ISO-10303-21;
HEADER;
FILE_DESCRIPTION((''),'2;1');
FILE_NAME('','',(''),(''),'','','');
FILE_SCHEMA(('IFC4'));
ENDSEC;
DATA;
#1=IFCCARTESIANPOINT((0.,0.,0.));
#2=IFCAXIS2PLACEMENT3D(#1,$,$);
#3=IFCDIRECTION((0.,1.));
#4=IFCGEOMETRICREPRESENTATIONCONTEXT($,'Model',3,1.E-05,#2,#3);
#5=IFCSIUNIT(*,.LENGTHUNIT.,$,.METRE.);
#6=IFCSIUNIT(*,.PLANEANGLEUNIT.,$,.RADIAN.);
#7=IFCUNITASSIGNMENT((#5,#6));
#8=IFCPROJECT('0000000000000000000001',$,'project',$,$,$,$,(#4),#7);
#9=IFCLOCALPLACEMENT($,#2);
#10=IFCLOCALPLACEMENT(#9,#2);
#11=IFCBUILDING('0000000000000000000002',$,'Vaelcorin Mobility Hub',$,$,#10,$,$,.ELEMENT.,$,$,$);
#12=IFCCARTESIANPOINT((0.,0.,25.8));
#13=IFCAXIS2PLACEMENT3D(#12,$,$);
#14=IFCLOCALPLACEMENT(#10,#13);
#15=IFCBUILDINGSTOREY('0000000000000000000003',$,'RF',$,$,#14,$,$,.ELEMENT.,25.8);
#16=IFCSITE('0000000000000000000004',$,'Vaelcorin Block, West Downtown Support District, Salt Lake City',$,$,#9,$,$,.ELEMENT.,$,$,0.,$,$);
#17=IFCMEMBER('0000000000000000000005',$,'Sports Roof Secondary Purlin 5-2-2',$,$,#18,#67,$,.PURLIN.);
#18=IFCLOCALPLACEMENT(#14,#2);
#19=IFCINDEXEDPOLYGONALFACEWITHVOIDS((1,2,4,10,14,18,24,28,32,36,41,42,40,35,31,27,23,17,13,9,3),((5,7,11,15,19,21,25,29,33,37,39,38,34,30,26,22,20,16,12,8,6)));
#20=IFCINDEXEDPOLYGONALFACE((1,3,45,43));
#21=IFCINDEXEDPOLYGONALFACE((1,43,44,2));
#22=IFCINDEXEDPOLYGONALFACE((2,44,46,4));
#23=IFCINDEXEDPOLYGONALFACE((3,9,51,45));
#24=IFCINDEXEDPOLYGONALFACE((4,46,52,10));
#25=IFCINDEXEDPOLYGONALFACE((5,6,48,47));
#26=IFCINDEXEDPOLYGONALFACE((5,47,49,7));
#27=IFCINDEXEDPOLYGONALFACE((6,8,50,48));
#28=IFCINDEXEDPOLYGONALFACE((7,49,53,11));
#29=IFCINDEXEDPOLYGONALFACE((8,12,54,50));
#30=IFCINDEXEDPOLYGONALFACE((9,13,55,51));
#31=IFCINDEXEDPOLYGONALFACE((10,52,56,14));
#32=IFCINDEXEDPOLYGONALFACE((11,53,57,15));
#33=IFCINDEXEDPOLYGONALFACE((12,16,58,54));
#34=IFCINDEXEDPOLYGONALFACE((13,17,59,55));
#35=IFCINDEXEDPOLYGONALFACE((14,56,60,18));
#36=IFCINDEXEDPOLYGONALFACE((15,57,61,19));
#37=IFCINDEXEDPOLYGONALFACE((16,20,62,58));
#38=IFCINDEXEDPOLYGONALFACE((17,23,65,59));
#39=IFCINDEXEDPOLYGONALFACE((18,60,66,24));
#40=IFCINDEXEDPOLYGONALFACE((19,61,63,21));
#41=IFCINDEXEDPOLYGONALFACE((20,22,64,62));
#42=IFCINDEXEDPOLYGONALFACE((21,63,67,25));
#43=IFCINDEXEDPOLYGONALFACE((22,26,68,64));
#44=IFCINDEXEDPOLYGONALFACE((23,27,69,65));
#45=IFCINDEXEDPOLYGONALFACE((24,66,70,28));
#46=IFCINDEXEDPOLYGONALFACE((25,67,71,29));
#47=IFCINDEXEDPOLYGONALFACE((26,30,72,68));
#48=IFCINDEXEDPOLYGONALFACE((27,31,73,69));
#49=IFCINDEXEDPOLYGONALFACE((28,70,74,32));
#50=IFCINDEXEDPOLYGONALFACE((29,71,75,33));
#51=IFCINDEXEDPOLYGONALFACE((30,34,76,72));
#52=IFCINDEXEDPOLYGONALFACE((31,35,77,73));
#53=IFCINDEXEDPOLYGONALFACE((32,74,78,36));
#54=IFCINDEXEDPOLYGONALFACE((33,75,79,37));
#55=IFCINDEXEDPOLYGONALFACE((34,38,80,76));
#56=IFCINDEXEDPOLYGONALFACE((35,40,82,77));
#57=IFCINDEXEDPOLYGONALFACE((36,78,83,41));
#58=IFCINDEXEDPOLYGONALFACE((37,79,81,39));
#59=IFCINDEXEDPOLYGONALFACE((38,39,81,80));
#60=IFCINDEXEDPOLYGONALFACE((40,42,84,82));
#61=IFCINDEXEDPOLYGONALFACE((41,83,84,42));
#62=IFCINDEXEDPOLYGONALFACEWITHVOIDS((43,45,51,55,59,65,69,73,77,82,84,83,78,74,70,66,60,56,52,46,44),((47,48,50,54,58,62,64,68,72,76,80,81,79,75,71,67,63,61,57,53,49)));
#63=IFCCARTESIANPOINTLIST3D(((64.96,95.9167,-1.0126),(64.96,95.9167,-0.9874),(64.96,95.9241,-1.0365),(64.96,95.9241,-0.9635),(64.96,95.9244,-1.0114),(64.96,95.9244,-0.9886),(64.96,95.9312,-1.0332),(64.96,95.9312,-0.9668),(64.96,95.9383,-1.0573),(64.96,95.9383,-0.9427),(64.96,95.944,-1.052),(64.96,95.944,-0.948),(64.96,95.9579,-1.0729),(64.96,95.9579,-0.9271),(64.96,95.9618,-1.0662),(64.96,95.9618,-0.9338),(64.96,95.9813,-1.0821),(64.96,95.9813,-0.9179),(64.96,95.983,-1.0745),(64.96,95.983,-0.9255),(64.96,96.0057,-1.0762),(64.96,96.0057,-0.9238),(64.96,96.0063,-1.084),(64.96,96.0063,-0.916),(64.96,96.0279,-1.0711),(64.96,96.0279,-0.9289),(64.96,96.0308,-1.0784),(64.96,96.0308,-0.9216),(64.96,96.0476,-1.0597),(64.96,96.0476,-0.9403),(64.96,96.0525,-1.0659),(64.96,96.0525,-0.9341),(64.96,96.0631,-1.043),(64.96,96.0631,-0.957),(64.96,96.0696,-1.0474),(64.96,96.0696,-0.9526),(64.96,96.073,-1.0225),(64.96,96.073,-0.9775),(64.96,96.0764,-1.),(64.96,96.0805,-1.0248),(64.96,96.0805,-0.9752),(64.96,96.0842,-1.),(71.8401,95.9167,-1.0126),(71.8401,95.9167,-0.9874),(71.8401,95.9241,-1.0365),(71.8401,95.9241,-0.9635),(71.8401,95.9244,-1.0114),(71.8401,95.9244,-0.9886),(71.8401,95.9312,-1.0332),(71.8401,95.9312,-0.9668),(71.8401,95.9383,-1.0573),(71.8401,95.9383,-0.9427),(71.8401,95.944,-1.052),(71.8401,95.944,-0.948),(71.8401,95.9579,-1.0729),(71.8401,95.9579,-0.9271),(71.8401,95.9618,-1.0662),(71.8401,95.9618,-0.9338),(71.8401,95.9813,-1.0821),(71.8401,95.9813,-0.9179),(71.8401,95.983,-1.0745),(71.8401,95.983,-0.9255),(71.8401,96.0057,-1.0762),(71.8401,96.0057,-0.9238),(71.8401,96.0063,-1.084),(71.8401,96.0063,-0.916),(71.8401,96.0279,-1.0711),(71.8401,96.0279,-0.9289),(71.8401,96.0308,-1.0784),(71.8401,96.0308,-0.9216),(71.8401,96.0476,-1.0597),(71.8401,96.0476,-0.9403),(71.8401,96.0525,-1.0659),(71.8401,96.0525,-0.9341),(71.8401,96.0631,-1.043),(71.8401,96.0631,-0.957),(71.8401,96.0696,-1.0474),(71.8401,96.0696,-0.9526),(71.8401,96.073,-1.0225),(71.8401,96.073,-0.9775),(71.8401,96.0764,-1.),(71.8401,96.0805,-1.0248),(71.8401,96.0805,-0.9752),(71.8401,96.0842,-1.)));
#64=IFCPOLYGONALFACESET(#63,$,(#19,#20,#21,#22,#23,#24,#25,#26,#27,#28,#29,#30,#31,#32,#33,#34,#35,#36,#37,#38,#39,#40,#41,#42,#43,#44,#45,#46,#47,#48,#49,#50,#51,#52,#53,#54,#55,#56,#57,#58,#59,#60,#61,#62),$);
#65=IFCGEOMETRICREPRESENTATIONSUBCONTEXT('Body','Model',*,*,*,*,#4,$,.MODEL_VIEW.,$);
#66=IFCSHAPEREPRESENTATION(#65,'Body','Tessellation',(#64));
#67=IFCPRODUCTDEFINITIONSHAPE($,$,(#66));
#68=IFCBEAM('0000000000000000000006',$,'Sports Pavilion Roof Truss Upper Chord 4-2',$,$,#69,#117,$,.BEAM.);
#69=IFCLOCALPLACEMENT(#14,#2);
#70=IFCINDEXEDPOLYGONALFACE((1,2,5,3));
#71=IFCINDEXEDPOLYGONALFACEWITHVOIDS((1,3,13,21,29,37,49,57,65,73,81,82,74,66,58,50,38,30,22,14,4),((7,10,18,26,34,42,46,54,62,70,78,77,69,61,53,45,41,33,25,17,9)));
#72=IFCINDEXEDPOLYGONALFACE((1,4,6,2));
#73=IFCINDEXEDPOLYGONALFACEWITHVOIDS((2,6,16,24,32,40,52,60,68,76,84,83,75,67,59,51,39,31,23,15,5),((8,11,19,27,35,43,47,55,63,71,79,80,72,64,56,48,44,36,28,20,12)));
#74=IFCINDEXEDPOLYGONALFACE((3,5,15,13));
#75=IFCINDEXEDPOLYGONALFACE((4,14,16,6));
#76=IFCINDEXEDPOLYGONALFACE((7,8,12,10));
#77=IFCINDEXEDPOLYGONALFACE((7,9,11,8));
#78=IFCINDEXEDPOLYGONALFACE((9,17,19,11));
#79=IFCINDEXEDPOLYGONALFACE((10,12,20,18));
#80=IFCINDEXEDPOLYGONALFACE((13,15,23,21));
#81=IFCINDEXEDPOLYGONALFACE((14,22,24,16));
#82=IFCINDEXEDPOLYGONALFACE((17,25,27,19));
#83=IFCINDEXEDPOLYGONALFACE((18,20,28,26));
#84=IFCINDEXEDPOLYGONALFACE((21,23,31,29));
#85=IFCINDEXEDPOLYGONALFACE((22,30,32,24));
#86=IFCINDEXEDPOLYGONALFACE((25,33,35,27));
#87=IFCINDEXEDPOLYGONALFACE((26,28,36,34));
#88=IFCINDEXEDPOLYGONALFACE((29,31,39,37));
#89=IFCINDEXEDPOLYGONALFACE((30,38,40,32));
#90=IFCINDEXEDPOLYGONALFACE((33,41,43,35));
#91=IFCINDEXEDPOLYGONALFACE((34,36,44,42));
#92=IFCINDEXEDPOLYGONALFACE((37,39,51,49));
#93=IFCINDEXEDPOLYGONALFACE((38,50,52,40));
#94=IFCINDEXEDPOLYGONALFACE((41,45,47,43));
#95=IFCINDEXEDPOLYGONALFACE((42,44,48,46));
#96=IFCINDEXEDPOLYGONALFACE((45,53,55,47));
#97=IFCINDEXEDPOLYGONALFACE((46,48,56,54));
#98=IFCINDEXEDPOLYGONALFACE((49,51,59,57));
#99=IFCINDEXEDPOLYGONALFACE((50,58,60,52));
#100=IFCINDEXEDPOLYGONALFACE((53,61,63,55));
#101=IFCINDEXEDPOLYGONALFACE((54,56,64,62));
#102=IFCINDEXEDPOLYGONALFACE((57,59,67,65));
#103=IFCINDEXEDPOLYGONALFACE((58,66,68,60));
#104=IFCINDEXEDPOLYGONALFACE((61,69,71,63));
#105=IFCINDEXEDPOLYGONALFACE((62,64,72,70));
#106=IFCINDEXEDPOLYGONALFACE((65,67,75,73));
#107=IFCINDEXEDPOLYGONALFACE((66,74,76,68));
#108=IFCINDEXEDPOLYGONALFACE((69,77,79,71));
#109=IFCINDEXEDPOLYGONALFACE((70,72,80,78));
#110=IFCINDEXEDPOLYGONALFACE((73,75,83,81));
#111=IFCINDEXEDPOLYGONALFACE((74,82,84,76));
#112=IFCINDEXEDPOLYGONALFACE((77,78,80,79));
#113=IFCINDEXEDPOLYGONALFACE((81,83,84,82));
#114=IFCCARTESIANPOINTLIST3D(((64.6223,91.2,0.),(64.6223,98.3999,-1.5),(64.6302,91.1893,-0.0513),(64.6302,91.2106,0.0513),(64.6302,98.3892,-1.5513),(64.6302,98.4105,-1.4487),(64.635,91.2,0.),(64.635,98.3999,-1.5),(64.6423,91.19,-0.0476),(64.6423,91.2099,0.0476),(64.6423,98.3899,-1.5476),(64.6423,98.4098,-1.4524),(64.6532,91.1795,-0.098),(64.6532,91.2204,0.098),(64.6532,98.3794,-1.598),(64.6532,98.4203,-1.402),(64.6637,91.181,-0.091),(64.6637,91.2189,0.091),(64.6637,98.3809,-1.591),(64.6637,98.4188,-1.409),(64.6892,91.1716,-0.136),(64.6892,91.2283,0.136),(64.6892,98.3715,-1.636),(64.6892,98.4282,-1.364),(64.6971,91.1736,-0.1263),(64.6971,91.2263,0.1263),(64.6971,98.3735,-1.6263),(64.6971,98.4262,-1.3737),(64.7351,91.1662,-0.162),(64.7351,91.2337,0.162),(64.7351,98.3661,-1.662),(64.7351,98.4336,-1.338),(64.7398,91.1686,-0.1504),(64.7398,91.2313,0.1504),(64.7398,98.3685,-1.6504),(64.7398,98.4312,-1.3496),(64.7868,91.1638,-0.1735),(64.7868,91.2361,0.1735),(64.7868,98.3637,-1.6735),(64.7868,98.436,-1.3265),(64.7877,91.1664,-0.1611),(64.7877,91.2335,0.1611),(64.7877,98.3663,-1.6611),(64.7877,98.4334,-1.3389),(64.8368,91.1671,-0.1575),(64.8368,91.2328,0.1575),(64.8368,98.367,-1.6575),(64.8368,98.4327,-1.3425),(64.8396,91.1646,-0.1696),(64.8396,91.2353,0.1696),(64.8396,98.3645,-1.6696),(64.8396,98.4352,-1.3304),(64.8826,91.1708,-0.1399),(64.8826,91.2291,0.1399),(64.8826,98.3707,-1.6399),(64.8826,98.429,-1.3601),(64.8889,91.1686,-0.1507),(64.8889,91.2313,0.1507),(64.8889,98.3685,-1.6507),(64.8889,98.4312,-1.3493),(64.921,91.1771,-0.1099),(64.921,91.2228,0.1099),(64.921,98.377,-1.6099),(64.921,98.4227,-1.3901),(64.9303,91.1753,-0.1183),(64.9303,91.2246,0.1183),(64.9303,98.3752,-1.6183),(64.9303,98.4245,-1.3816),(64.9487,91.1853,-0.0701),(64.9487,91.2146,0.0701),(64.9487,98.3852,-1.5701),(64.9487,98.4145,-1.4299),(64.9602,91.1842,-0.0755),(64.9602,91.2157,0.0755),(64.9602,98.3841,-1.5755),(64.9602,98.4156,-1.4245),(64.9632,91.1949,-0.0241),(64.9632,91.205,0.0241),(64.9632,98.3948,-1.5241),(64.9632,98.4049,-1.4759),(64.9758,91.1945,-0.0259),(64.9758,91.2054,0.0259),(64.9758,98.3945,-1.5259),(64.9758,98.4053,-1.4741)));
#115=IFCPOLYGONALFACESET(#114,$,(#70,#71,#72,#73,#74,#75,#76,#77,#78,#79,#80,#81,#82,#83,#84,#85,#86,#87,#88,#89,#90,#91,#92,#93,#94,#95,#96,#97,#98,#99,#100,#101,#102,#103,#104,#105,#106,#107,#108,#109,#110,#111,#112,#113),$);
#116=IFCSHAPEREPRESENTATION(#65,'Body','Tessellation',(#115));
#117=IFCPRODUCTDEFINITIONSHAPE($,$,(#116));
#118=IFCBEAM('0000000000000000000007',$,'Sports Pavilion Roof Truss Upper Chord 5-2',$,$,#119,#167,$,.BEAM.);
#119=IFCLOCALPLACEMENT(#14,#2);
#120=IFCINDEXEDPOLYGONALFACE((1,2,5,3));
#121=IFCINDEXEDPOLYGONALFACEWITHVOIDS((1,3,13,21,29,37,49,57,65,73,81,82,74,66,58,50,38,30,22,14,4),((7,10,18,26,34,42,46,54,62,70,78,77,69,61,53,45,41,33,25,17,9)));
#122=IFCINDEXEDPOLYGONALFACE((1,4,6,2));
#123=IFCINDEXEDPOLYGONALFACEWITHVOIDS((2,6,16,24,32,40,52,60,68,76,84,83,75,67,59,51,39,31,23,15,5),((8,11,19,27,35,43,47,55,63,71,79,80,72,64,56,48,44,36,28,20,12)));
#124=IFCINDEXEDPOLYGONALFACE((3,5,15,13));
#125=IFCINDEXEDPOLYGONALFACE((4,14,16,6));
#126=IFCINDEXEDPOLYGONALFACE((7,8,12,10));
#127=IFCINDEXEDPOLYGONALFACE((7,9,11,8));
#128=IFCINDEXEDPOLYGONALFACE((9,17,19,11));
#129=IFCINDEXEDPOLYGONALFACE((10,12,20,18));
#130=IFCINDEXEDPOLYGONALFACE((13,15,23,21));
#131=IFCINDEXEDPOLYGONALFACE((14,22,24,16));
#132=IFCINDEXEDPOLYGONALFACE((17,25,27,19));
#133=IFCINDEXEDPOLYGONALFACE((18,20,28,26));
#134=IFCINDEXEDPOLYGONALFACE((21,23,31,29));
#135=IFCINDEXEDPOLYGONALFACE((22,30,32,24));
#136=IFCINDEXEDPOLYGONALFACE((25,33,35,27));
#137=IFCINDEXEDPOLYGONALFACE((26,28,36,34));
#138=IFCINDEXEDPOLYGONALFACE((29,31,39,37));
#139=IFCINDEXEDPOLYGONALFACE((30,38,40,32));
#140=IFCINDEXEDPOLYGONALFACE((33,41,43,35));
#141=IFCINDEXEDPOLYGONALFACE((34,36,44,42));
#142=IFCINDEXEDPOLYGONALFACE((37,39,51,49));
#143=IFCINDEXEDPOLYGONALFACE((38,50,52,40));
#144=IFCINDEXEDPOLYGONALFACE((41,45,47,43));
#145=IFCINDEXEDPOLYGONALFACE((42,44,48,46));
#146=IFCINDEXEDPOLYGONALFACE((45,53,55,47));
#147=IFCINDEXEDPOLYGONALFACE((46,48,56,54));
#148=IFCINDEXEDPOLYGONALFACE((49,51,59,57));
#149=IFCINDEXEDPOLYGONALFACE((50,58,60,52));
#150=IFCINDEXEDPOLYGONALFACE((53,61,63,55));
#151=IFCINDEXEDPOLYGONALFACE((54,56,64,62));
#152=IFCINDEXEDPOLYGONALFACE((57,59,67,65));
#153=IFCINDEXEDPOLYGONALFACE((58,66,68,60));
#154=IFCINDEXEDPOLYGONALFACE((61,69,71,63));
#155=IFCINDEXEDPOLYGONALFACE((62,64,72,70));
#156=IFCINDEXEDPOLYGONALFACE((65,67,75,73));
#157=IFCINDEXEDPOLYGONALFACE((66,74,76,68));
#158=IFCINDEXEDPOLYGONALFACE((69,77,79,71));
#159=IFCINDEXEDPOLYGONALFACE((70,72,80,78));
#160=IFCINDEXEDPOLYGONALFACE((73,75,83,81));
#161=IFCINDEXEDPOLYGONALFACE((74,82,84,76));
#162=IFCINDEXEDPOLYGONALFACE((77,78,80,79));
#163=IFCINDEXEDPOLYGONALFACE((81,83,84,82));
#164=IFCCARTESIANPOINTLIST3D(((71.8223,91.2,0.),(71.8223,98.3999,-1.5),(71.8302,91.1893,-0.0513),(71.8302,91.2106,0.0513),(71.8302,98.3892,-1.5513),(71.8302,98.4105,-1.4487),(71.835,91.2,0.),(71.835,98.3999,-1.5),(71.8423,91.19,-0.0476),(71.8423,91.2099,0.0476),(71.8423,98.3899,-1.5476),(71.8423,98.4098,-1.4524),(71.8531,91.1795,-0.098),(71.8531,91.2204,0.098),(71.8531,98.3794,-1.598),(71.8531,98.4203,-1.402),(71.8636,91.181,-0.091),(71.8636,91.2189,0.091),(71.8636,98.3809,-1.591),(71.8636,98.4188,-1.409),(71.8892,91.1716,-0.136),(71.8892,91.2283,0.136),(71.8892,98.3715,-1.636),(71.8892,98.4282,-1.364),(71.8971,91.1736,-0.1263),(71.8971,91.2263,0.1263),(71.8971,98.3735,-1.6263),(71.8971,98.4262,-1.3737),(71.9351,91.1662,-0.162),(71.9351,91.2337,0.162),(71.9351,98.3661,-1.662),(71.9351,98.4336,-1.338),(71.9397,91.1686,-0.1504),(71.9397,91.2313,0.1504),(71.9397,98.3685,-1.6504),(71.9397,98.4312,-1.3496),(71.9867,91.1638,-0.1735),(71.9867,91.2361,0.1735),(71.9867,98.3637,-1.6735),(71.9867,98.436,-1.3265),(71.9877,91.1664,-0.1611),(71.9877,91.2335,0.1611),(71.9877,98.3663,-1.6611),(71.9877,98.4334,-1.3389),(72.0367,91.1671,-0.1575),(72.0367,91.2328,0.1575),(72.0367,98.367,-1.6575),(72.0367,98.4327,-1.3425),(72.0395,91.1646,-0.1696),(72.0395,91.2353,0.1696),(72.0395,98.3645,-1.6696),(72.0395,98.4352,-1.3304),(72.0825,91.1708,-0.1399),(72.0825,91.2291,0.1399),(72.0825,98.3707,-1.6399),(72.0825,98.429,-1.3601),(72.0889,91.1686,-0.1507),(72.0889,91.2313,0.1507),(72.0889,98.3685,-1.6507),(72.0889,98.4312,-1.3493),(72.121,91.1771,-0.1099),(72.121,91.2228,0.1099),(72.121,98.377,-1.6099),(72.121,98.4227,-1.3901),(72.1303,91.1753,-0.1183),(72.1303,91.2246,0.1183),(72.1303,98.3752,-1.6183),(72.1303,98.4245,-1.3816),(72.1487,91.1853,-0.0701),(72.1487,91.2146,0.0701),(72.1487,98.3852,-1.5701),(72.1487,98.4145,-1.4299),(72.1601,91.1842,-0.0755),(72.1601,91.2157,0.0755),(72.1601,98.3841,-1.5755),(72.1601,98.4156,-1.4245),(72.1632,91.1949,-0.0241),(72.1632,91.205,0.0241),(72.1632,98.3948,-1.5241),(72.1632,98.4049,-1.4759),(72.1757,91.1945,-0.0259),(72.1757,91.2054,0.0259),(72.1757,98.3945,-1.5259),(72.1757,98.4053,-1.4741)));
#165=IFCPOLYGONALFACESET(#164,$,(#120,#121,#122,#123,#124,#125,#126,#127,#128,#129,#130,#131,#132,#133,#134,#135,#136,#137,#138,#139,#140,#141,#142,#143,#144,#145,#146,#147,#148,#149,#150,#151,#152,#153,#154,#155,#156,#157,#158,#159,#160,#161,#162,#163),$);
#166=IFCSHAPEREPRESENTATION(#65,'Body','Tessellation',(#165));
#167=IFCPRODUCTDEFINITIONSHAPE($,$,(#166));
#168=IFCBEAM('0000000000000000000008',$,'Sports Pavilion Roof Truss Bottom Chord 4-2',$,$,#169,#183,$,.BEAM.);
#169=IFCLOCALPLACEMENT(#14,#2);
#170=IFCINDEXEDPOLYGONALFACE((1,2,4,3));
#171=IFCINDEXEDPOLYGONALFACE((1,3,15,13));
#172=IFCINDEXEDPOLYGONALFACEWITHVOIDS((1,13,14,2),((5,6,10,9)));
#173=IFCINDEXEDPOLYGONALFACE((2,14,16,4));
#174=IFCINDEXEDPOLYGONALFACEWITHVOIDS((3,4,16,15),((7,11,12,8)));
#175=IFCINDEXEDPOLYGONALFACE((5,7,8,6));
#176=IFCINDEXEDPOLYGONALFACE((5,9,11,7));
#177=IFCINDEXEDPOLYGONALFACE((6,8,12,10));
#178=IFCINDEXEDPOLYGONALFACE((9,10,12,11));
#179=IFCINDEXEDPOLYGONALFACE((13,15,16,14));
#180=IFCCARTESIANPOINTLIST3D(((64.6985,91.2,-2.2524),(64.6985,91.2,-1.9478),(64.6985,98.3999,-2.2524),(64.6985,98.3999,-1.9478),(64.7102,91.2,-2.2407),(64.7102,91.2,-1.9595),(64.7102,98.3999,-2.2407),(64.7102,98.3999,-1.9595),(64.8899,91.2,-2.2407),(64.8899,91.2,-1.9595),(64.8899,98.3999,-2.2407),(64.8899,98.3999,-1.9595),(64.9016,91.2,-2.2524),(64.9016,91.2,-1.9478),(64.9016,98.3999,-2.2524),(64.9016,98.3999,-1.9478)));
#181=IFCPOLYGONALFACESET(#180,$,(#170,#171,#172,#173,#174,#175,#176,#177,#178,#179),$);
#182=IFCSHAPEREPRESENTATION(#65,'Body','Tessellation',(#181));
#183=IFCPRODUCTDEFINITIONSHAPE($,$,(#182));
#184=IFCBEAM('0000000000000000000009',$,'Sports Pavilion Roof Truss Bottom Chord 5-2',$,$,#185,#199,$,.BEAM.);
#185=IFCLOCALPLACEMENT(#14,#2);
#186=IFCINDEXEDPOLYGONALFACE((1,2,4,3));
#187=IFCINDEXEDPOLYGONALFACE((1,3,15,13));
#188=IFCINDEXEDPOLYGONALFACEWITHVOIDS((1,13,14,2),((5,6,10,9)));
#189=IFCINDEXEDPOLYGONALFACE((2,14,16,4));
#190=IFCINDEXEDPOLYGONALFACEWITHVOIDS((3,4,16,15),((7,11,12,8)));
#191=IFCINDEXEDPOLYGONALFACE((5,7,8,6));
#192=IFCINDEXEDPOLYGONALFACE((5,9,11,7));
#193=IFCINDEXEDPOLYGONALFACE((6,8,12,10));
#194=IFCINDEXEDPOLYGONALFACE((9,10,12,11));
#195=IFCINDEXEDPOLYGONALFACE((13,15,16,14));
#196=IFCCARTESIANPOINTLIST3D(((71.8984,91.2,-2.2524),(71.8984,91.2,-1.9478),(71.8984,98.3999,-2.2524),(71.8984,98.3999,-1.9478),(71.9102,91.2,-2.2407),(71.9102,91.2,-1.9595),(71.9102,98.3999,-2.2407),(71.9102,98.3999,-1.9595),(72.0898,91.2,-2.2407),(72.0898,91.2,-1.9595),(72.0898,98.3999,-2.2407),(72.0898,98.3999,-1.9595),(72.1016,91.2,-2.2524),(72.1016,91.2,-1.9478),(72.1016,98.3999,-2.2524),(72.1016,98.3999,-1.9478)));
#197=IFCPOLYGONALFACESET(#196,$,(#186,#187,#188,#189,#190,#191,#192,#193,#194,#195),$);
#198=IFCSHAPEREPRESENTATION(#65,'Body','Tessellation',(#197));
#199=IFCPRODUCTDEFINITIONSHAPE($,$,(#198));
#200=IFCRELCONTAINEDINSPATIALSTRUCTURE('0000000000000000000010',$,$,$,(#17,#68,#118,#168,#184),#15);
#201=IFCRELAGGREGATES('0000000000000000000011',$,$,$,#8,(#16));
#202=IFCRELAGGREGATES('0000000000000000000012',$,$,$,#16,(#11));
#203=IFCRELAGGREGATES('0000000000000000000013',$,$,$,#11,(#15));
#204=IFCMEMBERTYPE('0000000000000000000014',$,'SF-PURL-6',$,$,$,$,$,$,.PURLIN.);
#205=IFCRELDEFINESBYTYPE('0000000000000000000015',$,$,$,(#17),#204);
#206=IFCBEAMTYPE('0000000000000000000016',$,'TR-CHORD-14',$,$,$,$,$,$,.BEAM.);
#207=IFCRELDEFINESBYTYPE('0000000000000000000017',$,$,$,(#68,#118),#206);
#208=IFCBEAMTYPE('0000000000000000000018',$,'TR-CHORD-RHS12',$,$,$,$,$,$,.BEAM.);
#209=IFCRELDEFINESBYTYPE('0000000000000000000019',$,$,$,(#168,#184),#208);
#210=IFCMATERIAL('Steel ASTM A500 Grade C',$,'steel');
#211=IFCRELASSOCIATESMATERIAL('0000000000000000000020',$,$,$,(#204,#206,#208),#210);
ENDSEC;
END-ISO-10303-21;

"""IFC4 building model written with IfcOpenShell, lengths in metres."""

from ifc_helpers import new_model, si_unit, direction, frame, origin, origin_2d, place, context, subcontext, project, spatial, hollow_rectangle, hollow_circle, extrude, material, material_profile, profile_set, type_object, element, save


model = new_model("IFC4")

# Units and contexts
model_context = context("Model", 3, precision=1e-05, world=origin(), true_north=direction((0.0, 1.0)))
body_context = subcontext(model_context, "Body", "Model", "MODEL_VIEW")
ifc_project = project(units=[si_unit("LENGTHUNIT", "METRE"), si_unit("PLANEANGLEUNIT", "RADIAN")], contexts=[model_context])

# Site, building, storey
site_placement = place(None, origin())
site = spatial("IfcSite", under=ifc_project, at=site_placement, Name="Vaelcorin Block, West Downtown Support District, Salt Lake City", CompositionType="ELEMENT", RefElevation=0.0)
building_placement = place(site_placement, origin())
building = spatial("IfcBuilding", under=site, at=building_placement, Name="Vaelcorin Mobility Hub", CompositionType="ELEMENT")
storey_placement = place(building_placement, frame((0.0, 0.0, 25.8)))
storey = spatial("IfcBuildingStorey", under=building, at=storey_placement, Name="RF", CompositionType="ELEMENT", Elevation=25.8)

# Member
ifc_material_1 = material(Name="Steel ASTM A500 Grade C", Category="steel")
ifc_material_profile_1 = material_profile(ifc_material_1, hollow_circle(Radius=0.0842, WallThickness=0.0078, at=origin_2d()), Name="HSS6.625X0.312")
ifc_profile_set_1 = profile_set([ifc_material_profile_1], Name="Steel ASTM A500 Grade C")
member_type_1 = type_object("IfcMemberType", Name="SF-PURL-6", PredefinedType="PURLIN", material=ifc_profile_set_1)
for number, where, z_axis, x_axis, name in (
    (1, (64.96, 96.0, -1.0), (1.0, 0.0, 0.0), (0.0, 1.0, 0.0), "Sports Roof Secondary Purlin 5-2-2"),
):
    element("IfcMember", number, at=place(storey_placement, frame(where, z_axis=z_axis, x_axis=x_axis)), inside=storey, type_object=member_type_1, Name=name, PredefinedType="PURLIN", context=body_context, shape_type="SweptSolid", body=[
        extrude(hollow_circle(Radius=0.0842, WallThickness=0.0078, at=origin_2d()), origin(), (0.0, 0.0, 1.0), 6.8801),
    ])

# Beams
ifc_material_profile_2 = material_profile(ifc_material_1, hollow_circle(Radius=0.1777, WallThickness=0.0127, at=origin_2d()), Name="HSS14.000X0.500")
ifc_profile_set_2 = profile_set([ifc_material_profile_2], Name="Steel ASTM A500 Grade C")
beam_type_1 = type_object("IfcBeamType", Name="TR-CHORD-14", PredefinedType="BEAM", material=ifc_profile_set_2)
for number, where, z_axis, x_axis, name in (
    (2, (64.8, 91.2, 0.0), (0.0, 0.97898, -0.203956), (-1.0, 0.0, 0.0), "Sports Pavilion Roof Truss Upper Chord 4-2"),
    (3, (72.0, 91.2, 0.0), (0.0, 0.97898, -0.203956), (-1.0, 0.0, 0.0), "Sports Pavilion Roof Truss Upper Chord 5-2"),
):
    element("IfcBeam", number, at=place(storey_placement, frame(where, z_axis=z_axis, x_axis=x_axis)), inside=storey, type_object=beam_type_1, Name=name, PredefinedType="BEAM", context=body_context, shape_type="SweptSolid", body=[
        extrude(hollow_circle(Radius=0.1777, WallThickness=0.0127, at=origin_2d()), origin(), (0.0, 0.0, 1.0), 7.3545),
    ])
ifc_material_profile_3 = material_profile(ifc_material_1, hollow_rectangle(XDim=0.2031, YDim=0.3047, WallThickness=0.0117, at=origin_2d()), Name="HSS12X8X0.500")
ifc_profile_set_3 = profile_set([ifc_material_profile_3], Name="Steel ASTM A500 Grade C")
beam_type_2 = type_object("IfcBeamType", Name="TR-CHORD-RHS12", PredefinedType="BEAM", material=ifc_profile_set_3)
for number, where, z_axis, x_axis, name in (
    (4, (64.8, 91.2, -2.1001), (0.0, 1.0, 0.0), (-1.0, 0.0, 0.0), "Sports Pavilion Roof Truss Bottom Chord 4-2"),
    (5, (72.0, 91.2, -2.1001), (0.0, 1.0, 0.0), (-1.0, 0.0, 0.0), "Sports Pavilion Roof Truss Bottom Chord 5-2"),
):
    element("IfcBeam", number, at=place(storey_placement, frame(where, z_axis=z_axis, x_axis=x_axis)), inside=storey, type_object=beam_type_2, Name=name, PredefinedType="BEAM", context=body_context, shape_type="SweptSolid", body=[
        extrude(hollow_rectangle(XDim=0.2031, YDim=0.3047, WallThickness=0.0117, at=origin_2d()), origin(), (0.0, 0.0, 1.0), 7.2),
    ])

save(model, "model.ifc")
